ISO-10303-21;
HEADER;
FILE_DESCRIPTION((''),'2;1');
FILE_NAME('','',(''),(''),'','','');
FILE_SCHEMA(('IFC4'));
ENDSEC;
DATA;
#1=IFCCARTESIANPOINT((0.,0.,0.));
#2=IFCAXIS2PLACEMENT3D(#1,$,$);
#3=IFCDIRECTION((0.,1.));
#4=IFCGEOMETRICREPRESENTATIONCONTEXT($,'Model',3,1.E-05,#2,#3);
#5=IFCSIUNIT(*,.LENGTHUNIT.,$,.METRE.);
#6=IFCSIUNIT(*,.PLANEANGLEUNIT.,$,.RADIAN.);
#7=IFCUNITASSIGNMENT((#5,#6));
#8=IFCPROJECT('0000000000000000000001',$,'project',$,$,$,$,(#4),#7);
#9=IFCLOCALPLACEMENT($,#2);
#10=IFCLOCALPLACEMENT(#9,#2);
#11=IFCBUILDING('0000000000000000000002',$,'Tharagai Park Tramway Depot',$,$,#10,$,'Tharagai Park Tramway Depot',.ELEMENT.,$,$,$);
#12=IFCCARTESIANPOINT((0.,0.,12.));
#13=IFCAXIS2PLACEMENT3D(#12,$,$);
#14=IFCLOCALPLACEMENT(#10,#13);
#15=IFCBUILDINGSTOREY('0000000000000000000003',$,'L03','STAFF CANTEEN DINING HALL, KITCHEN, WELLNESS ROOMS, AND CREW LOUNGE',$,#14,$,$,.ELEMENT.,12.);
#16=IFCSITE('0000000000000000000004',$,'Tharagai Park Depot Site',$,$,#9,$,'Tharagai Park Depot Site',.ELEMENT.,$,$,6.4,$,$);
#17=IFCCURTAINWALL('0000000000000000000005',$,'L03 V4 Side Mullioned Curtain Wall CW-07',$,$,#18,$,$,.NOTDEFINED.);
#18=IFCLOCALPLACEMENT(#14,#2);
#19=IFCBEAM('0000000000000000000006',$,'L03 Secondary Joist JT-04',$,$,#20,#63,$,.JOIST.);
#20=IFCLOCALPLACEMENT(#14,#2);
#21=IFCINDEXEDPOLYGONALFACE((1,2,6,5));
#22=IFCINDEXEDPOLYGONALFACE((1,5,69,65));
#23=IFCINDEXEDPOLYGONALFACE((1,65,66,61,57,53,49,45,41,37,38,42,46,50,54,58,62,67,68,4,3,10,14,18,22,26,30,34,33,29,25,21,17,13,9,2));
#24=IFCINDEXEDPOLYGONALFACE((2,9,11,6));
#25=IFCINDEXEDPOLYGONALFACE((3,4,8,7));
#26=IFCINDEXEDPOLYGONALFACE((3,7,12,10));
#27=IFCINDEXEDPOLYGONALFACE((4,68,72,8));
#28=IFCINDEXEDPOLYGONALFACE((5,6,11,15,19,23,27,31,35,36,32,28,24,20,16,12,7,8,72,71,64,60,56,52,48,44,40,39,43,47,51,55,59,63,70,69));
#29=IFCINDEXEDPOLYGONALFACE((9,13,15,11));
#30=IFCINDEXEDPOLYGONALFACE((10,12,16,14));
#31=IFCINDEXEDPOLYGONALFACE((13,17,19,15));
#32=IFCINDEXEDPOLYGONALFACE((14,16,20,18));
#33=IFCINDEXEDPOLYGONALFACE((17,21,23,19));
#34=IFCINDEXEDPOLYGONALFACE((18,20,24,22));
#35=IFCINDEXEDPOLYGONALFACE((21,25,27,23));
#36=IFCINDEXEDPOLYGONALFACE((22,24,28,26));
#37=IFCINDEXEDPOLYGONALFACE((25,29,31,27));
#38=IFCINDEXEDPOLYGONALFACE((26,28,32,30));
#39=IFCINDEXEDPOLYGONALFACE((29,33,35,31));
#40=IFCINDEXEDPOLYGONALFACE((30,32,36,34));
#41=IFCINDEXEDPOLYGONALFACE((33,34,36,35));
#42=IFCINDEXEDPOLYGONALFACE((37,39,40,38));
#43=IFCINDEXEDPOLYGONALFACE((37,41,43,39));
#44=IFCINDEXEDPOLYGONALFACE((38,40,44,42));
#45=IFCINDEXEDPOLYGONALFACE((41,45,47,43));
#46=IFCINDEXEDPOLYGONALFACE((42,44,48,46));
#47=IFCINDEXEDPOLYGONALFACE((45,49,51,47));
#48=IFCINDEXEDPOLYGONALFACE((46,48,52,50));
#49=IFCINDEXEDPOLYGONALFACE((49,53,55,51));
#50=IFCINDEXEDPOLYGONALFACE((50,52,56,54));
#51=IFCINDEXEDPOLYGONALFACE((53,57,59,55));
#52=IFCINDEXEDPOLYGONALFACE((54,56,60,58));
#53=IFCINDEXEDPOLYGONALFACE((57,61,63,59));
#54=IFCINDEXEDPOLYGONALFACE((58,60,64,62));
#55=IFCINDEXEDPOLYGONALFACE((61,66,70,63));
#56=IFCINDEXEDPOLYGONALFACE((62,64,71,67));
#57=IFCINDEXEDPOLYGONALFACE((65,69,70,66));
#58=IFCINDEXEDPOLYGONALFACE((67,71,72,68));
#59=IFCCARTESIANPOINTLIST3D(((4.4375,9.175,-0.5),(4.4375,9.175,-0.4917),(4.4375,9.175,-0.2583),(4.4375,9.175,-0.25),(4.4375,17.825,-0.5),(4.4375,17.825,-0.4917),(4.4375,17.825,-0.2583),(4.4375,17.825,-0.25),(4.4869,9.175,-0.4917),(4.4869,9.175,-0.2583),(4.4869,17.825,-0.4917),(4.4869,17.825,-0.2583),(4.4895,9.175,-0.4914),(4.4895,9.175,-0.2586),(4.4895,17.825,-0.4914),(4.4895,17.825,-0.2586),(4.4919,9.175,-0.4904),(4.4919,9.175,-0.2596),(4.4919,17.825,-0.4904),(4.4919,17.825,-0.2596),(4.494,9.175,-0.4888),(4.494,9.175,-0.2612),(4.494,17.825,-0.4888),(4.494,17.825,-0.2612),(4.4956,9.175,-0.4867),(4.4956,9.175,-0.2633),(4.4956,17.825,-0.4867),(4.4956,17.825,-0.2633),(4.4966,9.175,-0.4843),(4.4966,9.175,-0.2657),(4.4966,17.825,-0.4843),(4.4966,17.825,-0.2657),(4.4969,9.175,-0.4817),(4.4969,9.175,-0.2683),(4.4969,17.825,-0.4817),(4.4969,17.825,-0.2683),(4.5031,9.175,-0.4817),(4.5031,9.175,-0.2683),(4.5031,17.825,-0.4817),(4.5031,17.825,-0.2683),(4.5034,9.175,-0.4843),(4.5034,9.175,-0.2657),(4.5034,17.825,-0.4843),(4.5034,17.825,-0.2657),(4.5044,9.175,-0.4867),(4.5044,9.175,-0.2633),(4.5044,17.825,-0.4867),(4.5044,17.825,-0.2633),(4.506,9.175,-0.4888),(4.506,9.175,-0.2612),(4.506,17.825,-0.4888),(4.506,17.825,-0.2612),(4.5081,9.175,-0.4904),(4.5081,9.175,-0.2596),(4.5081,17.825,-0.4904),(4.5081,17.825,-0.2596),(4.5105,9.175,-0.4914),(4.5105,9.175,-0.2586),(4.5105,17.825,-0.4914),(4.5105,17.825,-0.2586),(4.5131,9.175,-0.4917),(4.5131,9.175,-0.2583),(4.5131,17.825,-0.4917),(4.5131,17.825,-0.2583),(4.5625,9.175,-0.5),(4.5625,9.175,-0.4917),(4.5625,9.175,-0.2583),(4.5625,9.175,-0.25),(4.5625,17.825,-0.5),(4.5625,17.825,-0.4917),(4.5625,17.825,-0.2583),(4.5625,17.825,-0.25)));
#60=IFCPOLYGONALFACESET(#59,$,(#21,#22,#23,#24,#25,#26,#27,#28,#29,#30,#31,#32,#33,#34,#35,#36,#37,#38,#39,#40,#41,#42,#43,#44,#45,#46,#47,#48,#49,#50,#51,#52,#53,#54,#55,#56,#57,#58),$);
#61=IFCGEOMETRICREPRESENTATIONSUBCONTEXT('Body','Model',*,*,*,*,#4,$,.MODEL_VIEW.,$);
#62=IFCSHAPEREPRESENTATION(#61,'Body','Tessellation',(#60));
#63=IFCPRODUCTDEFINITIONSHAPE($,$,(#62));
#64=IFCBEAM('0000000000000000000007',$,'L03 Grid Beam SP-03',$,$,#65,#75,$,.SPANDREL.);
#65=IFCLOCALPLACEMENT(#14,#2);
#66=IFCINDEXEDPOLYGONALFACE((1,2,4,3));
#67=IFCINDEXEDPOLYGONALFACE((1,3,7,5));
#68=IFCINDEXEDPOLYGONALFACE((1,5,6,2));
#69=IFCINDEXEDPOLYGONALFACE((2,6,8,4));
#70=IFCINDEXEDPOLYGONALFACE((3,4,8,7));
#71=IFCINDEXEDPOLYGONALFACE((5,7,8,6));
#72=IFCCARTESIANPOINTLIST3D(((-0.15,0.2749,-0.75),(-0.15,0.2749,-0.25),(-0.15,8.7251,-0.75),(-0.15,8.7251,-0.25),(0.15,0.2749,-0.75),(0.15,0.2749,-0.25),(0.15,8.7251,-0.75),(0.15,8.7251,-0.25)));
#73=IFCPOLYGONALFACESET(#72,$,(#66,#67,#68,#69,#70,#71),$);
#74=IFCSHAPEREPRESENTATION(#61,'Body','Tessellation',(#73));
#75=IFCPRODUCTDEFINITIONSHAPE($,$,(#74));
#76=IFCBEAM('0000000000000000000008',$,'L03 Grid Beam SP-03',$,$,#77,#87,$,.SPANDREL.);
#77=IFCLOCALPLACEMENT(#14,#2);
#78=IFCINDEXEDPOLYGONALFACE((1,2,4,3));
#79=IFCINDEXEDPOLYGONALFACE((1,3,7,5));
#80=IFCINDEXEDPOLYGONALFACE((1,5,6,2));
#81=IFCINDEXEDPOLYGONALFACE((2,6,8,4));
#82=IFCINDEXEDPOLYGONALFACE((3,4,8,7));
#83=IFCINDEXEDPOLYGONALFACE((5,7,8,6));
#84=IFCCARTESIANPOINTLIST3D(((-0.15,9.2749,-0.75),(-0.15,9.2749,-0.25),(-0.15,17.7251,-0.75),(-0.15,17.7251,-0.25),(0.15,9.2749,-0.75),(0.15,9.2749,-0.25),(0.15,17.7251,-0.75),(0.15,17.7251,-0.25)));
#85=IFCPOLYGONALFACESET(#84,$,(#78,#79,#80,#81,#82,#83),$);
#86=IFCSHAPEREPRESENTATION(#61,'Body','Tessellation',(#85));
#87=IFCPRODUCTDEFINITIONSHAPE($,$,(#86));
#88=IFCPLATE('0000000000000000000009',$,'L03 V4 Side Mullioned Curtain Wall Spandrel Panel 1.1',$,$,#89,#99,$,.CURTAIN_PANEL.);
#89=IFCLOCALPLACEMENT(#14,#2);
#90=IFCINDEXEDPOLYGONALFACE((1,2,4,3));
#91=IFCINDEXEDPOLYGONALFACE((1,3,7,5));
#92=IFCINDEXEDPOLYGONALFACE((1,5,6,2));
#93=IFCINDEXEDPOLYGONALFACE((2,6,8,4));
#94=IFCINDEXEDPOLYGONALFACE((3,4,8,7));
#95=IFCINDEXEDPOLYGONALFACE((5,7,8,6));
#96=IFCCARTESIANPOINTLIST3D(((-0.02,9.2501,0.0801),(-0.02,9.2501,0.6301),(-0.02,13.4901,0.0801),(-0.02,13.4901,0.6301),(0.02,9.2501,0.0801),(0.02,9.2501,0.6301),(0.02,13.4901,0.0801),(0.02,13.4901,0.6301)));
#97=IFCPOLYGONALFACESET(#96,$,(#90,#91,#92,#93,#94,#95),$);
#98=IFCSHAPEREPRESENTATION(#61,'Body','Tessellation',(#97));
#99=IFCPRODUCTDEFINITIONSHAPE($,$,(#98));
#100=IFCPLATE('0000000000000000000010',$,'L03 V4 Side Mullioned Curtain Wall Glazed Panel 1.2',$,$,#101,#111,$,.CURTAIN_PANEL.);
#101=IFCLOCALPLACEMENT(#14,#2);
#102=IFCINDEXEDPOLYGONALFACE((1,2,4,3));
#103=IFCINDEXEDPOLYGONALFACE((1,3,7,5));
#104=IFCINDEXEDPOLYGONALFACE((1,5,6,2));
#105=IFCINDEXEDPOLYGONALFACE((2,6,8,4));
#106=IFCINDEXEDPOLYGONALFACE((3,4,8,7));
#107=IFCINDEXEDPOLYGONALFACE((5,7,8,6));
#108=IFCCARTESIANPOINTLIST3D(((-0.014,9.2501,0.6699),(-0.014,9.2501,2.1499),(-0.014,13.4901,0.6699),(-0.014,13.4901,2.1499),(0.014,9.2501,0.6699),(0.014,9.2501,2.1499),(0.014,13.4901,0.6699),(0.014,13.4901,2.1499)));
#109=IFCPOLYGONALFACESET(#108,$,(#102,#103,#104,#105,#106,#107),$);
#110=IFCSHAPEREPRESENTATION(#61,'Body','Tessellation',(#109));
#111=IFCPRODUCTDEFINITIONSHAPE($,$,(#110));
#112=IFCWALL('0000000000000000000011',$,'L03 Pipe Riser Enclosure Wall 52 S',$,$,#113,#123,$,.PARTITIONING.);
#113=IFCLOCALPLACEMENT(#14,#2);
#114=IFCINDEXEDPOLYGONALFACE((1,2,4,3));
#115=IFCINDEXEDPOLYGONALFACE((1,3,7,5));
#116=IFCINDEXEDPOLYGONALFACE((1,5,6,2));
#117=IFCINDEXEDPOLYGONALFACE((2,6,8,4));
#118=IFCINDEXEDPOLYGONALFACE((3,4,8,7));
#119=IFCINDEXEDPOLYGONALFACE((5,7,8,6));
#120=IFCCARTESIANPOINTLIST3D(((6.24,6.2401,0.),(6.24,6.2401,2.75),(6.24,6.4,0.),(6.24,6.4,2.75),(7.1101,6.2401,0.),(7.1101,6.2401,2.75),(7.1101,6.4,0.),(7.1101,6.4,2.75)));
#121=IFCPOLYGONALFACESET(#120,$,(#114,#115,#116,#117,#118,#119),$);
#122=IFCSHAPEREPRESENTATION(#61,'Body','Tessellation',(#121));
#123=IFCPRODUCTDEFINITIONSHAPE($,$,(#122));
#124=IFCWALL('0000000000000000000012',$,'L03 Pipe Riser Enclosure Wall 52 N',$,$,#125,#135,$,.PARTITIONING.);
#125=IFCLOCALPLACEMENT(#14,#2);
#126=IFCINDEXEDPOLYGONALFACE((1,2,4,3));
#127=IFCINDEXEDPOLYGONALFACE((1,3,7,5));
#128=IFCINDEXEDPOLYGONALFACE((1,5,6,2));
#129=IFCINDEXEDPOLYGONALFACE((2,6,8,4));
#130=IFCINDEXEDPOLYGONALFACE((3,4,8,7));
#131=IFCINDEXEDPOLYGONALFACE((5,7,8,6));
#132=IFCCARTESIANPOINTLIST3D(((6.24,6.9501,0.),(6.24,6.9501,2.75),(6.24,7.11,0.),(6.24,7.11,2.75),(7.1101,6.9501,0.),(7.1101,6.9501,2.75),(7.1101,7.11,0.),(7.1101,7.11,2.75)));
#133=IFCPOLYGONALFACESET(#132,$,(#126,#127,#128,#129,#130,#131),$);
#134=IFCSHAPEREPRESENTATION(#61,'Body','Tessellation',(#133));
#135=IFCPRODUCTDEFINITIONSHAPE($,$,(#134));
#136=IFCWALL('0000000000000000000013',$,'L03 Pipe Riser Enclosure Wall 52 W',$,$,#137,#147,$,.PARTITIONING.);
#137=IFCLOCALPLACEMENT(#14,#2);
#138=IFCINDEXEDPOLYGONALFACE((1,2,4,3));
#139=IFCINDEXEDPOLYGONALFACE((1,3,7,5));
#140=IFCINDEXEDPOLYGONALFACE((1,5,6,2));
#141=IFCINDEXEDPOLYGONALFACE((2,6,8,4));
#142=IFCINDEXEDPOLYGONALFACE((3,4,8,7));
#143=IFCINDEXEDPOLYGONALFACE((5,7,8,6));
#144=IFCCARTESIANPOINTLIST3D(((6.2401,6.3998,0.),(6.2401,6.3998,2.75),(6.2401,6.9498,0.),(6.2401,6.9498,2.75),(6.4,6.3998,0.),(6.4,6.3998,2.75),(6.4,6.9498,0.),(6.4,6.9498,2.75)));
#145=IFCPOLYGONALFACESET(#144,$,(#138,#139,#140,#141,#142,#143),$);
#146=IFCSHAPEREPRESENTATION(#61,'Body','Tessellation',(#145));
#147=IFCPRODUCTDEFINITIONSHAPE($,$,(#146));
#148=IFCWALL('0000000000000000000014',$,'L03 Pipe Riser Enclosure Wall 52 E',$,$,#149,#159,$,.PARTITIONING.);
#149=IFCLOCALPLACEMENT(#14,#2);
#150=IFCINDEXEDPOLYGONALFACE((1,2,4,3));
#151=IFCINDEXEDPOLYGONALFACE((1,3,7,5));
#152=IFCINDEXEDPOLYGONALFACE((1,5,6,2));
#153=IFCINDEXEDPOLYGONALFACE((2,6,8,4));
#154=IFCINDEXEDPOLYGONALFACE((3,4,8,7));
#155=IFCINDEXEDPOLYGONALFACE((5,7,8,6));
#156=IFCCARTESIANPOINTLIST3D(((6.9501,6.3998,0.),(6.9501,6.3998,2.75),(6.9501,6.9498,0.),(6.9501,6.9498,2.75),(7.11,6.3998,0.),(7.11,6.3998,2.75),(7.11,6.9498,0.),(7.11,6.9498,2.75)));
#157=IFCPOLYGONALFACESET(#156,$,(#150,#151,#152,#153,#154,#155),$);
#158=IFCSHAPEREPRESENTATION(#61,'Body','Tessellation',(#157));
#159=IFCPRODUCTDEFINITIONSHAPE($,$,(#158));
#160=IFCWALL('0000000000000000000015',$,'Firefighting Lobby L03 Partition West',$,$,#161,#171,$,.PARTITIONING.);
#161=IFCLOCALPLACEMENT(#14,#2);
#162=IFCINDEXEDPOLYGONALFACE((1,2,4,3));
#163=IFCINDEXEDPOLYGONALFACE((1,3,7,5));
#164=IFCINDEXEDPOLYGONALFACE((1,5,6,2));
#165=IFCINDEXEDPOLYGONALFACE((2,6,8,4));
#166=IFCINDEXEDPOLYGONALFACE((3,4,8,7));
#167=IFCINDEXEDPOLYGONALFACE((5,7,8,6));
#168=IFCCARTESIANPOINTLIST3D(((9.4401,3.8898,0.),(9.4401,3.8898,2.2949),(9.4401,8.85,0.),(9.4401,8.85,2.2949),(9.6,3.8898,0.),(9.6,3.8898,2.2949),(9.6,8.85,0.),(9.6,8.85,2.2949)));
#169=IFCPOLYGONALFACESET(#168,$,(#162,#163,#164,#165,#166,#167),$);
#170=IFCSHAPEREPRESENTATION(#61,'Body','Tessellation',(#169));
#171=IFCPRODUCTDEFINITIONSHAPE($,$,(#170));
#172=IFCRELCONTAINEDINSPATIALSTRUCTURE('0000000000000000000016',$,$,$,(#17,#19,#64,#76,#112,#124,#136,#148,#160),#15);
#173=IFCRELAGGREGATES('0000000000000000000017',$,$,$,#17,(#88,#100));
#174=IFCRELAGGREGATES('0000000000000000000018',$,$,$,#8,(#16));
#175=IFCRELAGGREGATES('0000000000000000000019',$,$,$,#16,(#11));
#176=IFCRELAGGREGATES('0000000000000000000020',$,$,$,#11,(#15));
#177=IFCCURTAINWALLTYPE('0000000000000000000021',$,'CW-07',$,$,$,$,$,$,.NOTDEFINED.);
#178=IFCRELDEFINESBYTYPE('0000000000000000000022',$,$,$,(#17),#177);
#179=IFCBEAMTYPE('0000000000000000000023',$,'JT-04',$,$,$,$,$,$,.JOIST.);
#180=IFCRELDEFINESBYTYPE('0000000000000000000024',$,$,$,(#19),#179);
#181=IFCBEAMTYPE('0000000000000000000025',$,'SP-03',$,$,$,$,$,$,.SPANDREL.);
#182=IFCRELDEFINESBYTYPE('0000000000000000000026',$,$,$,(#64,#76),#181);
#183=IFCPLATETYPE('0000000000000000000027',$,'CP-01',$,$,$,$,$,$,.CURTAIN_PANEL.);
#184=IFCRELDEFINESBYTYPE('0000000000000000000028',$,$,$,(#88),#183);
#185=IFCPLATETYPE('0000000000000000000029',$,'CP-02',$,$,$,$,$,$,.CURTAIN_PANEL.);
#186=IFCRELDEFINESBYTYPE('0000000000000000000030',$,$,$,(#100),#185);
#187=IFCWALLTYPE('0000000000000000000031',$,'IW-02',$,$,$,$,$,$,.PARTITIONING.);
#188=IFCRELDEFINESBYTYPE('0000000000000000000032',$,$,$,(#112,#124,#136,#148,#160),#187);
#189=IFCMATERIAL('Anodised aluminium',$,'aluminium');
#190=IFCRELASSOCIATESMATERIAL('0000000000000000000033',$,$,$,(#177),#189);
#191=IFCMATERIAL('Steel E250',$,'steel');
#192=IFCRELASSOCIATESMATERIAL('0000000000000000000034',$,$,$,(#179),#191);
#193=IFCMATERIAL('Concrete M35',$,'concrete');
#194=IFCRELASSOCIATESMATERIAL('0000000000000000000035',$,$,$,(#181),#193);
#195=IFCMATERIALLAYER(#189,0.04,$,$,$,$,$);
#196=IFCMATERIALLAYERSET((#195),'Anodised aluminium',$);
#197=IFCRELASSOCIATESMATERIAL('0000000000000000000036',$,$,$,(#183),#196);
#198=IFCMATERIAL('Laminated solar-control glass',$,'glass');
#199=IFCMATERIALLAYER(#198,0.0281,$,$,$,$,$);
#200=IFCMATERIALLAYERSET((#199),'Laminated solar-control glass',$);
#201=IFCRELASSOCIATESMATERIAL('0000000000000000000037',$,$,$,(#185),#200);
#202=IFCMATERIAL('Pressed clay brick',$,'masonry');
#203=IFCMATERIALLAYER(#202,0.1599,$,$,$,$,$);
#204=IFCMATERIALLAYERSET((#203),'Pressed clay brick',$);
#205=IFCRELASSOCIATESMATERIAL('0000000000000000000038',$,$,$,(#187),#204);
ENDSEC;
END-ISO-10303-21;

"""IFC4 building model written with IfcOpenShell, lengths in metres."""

from ifc_helpers import new_model, si_unit, direction, frame, frame_2d, origin, origin_2d, place, context, subcontext, project, spatial, rectangle, i_section, extrude, material, layer, layer_set, material_profile, profile_set, type_object, element, aggregate, save


model = new_model("IFC4")

# Units and contexts
model_context = context("Model", 3, precision=1e-05, world=origin(), true_north=direction((0.0, 1.0)))
body_context = subcontext(model_context, "Body", "Model", "MODEL_VIEW")
ifc_project = project(units=[si_unit("LENGTHUNIT", "METRE"), si_unit("PLANEANGLEUNIT", "RADIAN")], contexts=[model_context])

# Site, building, storey
site_placement = place(None, origin())
site = spatial("IfcSite", under=ifc_project, at=site_placement, Name="Tharagai Park Depot Site", LongName="Tharagai Park Depot Site", CompositionType="ELEMENT", RefElevation=6.4)
building_placement = place(site_placement, origin())
building = spatial("IfcBuilding", under=site, at=building_placement, Name="Tharagai Park Tramway Depot", LongName="Tharagai Park Tramway Depot", CompositionType="ELEMENT")
storey_placement = place(building_placement, frame((0.0, 0.0, 12.0)))
storey = spatial("IfcBuildingStorey", under=building, at=storey_placement, Name="L03", Description="STAFF CANTEEN DINING HALL, KITCHEN, WELLNESS ROOMS, AND CREW LOUNGE", CompositionType="ELEMENT", Elevation=12.0)

# Shared definitions
ifc_material_1 = material(Name="Concrete M35", Category="concrete")

# Curtain wall
ifc_material_2 = material(Name="Anodised aluminium", Category="aluminium")
curtain_wall_type = type_object("IfcCurtainWallType", Name="CW-07", PredefinedType="NOTDEFINED", material=ifc_material_2)
curtain_wall_placement = place(storey_placement, origin())
curtain_wall = element("IfcCurtainWall", 1, at=curtain_wall_placement, inside=storey, type_object=curtain_wall_type, Name="L03 V4 Side Mullioned Curtain Wall CW-07", PredefinedType="NOTDEFINED")

# Beams
ifc_material_3 = material(Name="Steel E250", Category="steel")
ifc_material_profile_1 = material_profile(ifc_material_3, i_section(OverallWidth=0.125, OverallDepth=0.25, WebThickness=0.0061, FlangeThickness=0.0083, FilletRadius=0.01, at=origin_2d()), Name="ISLB 250")
ifc_profile_set_1 = profile_set([ifc_material_profile_1], Name="Steel E250")
beam_type_1 = type_object("IfcBeamType", Name="JT-04", PredefinedType="JOIST", material=ifc_profile_set_1)
beam_placement = place(storey_placement, frame((4.5, 9.175, -0.375), z_axis=(0.0, 1.0, 0.0), x_axis=(-1.0, 0.0, 0.0)))
element("IfcBeam", 2, at=beam_placement, inside=storey, type_object=beam_type_1, Name="L03 Secondary Joist JT-04", PredefinedType="JOIST", context=body_context, shape_type="SweptSolid", body=[
    extrude(i_section(OverallWidth=0.125, OverallDepth=0.25, WebThickness=0.0061, FlangeThickness=0.0083, FilletRadius=0.01, at=origin_2d()), origin(), (0.0, 0.0, 1.0), 8.6499),
])
ifc_material_profile_2 = material_profile(ifc_material_1, rectangle(XDim=0.3, YDim=0.5, at=origin_2d()), Name="RC 300x500")
ifc_profile_set_2 = profile_set([ifc_material_profile_2], Name="Concrete M35")
beam_type_2 = type_object("IfcBeamType", Name="SP-03", PredefinedType="SPANDREL", material=ifc_profile_set_2)
for number, where, z_axis, x_axis, name in (
    (3, (0.0, 0.2749, -0.5), (0.0, 1.0, 0.0), (-1.0, 0.0, 0.0), "L03 Grid Beam SP-03"),
    (4, (0.0, 9.2749, -0.5), (0.0, 1.0, 0.0), (-1.0, 0.0, 0.0), "L03 Grid Beam SP-03"),
):
    element("IfcBeam", number, at=place(storey_placement, frame(where, z_axis=z_axis, x_axis=x_axis)), inside=storey, type_object=beam_type_2, Name=name, PredefinedType="SPANDREL", context=body_context, shape_type="SweptSolid", body=[
        extrude(rectangle(XDim=0.3, YDim=0.5, at=origin_2d()), origin(), (0.0, 0.0, 1.0), 8.4502),
    ])

# Plates
ifc_layer_1 = layer(ifc_material_2, 0.04)
ifc_layer_set_1 = layer_set([ifc_layer_1], Name="Anodised aluminium")
plate_type_1 = type_object("IfcPlateType", Name="CP-01", PredefinedType="CURTAIN_PANEL", material=ifc_layer_set_1)
plate_1_placement = place(storey_placement, frame((0.0, 11.3701, 0.0801), z_axis=(0.0, 0.0, 1.0), x_axis=(0.0, 1.0, 0.0)))
plate_1 = element("IfcPlate", 5, at=plate_1_placement, type_object=plate_type_1, Name="L03 V4 Side Mullioned Curtain Wall Spandrel Panel 1.1", PredefinedType="CURTAIN_PANEL", context=body_context, shape_type="SweptSolid", body=[
    extrude(rectangle(XDim=4.24, YDim=0.04, at=origin_2d()), origin(), (0.0, 0.0, 1.0), 0.55),
])
ifc_material_4 = material(Name="Laminated solar-control glass", Category="glass")
ifc_layer_2 = layer(ifc_material_4, 0.0281)
ifc_layer_set_2 = layer_set([ifc_layer_2], Name="Laminated solar-control glass")
plate_type_2 = type_object("IfcPlateType", Name="CP-02", PredefinedType="CURTAIN_PANEL", material=ifc_layer_set_2)
plate_2_placement = place(storey_placement, frame((0.0, 11.3701, 0.6699), z_axis=(0.0, 0.0, 1.0), x_axis=(0.0, 1.0, 0.0)))
plate_2 = element("IfcPlate", 6, at=plate_2_placement, type_object=plate_type_2, Name="L03 V4 Side Mullioned Curtain Wall Glazed Panel 1.2", PredefinedType="CURTAIN_PANEL", context=body_context, shape_type="SweptSolid", body=[
    extrude(rectangle(XDim=4.24, YDim=0.0281, at=origin_2d()), origin(), (0.0, 0.0, 1.0), 1.48),
])
aggregate(curtain_wall, [plate_1, plate_2])

# Walls
ifc_material_5 = material(Name="Pressed clay brick", Category="masonry")
ifc_layer_3 = layer(ifc_material_5, 0.1599)
ifc_layer_set_3 = layer_set([ifc_layer_3], Name="Pressed clay brick")
wall_type_1 = type_object("IfcWallType", Name="IW-02", PredefinedType="PARTITIONING", material=ifc_layer_set_3)
for number, where, z_axis, x_axis, name in (
    (7, (6.24, 6.3201, 0.0), (0.0, 0.0, 1.0), (1.0, 0.0, 0.0), "L03 Pipe Riser Enclosure Wall 52 S"),
    (8, (6.24, 7.03, 0.0), (0.0, 0.0, 1.0), (1.0, 0.0, 0.0), "L03 Pipe Riser Enclosure Wall 52 N"),
):
    element("IfcWall", number, at=place(storey_placement, frame(where, z_axis=z_axis, x_axis=x_axis)), inside=storey, type_object=wall_type_1, Name=name, PredefinedType="PARTITIONING", context=body_context, shape_type="SweptSolid", body=[
        extrude(rectangle(XDim=0.8701, YDim=0.1599, at=frame_2d((0.4351, 0.0))), origin(), (0.0, 0.0, 1.0), 2.75),
    ])
for number, where, z_axis, x_axis, name in (
    (9, (6.3201, 6.3999, 0.0), (0.0, 0.0, 1.0), (0.0, 1.0, 0.0), "L03 Pipe Riser Enclosure Wall 52 W"),
    (10, (7.03, 6.3999, 0.0), (0.0, 0.0, 1.0), (0.0, 1.0, 0.0), "L03 Pipe Riser Enclosure Wall 52 E"),
):
    element("IfcWall", number, at=place(storey_placement, frame(where, z_axis=z_axis, x_axis=x_axis)), inside=storey, type_object=wall_type_1, Name=name, PredefinedType="PARTITIONING", context=body_context, shape_type="SweptSolid", body=[
        extrude(rectangle(XDim=0.55, YDim=0.1599, at=frame_2d((0.2749, 0.0))), origin(), (0.0, 0.0, 1.0), 2.75),
    ])

# Wall
wall_1_placement = place(storey_placement, frame((9.52, 3.8899, 0.0), z_axis=(0.0, 0.0, 1.0), x_axis=(0.0, 1.0, 0.0)))
element("IfcWall", 11, at=wall_1_placement, inside=storey, type_object=wall_type_1, Name="Firefighting Lobby L03 Partition West", PredefinedType="PARTITIONING", context=body_context, shape_type="SweptSolid", body=[
    extrude(rectangle(XDim=4.9602, YDim=0.1599, at=frame_2d((2.48, 0.0))), origin(), (0.0, 0.0, 1.0), 2.2949),
])

save(model, "model.ifc")
